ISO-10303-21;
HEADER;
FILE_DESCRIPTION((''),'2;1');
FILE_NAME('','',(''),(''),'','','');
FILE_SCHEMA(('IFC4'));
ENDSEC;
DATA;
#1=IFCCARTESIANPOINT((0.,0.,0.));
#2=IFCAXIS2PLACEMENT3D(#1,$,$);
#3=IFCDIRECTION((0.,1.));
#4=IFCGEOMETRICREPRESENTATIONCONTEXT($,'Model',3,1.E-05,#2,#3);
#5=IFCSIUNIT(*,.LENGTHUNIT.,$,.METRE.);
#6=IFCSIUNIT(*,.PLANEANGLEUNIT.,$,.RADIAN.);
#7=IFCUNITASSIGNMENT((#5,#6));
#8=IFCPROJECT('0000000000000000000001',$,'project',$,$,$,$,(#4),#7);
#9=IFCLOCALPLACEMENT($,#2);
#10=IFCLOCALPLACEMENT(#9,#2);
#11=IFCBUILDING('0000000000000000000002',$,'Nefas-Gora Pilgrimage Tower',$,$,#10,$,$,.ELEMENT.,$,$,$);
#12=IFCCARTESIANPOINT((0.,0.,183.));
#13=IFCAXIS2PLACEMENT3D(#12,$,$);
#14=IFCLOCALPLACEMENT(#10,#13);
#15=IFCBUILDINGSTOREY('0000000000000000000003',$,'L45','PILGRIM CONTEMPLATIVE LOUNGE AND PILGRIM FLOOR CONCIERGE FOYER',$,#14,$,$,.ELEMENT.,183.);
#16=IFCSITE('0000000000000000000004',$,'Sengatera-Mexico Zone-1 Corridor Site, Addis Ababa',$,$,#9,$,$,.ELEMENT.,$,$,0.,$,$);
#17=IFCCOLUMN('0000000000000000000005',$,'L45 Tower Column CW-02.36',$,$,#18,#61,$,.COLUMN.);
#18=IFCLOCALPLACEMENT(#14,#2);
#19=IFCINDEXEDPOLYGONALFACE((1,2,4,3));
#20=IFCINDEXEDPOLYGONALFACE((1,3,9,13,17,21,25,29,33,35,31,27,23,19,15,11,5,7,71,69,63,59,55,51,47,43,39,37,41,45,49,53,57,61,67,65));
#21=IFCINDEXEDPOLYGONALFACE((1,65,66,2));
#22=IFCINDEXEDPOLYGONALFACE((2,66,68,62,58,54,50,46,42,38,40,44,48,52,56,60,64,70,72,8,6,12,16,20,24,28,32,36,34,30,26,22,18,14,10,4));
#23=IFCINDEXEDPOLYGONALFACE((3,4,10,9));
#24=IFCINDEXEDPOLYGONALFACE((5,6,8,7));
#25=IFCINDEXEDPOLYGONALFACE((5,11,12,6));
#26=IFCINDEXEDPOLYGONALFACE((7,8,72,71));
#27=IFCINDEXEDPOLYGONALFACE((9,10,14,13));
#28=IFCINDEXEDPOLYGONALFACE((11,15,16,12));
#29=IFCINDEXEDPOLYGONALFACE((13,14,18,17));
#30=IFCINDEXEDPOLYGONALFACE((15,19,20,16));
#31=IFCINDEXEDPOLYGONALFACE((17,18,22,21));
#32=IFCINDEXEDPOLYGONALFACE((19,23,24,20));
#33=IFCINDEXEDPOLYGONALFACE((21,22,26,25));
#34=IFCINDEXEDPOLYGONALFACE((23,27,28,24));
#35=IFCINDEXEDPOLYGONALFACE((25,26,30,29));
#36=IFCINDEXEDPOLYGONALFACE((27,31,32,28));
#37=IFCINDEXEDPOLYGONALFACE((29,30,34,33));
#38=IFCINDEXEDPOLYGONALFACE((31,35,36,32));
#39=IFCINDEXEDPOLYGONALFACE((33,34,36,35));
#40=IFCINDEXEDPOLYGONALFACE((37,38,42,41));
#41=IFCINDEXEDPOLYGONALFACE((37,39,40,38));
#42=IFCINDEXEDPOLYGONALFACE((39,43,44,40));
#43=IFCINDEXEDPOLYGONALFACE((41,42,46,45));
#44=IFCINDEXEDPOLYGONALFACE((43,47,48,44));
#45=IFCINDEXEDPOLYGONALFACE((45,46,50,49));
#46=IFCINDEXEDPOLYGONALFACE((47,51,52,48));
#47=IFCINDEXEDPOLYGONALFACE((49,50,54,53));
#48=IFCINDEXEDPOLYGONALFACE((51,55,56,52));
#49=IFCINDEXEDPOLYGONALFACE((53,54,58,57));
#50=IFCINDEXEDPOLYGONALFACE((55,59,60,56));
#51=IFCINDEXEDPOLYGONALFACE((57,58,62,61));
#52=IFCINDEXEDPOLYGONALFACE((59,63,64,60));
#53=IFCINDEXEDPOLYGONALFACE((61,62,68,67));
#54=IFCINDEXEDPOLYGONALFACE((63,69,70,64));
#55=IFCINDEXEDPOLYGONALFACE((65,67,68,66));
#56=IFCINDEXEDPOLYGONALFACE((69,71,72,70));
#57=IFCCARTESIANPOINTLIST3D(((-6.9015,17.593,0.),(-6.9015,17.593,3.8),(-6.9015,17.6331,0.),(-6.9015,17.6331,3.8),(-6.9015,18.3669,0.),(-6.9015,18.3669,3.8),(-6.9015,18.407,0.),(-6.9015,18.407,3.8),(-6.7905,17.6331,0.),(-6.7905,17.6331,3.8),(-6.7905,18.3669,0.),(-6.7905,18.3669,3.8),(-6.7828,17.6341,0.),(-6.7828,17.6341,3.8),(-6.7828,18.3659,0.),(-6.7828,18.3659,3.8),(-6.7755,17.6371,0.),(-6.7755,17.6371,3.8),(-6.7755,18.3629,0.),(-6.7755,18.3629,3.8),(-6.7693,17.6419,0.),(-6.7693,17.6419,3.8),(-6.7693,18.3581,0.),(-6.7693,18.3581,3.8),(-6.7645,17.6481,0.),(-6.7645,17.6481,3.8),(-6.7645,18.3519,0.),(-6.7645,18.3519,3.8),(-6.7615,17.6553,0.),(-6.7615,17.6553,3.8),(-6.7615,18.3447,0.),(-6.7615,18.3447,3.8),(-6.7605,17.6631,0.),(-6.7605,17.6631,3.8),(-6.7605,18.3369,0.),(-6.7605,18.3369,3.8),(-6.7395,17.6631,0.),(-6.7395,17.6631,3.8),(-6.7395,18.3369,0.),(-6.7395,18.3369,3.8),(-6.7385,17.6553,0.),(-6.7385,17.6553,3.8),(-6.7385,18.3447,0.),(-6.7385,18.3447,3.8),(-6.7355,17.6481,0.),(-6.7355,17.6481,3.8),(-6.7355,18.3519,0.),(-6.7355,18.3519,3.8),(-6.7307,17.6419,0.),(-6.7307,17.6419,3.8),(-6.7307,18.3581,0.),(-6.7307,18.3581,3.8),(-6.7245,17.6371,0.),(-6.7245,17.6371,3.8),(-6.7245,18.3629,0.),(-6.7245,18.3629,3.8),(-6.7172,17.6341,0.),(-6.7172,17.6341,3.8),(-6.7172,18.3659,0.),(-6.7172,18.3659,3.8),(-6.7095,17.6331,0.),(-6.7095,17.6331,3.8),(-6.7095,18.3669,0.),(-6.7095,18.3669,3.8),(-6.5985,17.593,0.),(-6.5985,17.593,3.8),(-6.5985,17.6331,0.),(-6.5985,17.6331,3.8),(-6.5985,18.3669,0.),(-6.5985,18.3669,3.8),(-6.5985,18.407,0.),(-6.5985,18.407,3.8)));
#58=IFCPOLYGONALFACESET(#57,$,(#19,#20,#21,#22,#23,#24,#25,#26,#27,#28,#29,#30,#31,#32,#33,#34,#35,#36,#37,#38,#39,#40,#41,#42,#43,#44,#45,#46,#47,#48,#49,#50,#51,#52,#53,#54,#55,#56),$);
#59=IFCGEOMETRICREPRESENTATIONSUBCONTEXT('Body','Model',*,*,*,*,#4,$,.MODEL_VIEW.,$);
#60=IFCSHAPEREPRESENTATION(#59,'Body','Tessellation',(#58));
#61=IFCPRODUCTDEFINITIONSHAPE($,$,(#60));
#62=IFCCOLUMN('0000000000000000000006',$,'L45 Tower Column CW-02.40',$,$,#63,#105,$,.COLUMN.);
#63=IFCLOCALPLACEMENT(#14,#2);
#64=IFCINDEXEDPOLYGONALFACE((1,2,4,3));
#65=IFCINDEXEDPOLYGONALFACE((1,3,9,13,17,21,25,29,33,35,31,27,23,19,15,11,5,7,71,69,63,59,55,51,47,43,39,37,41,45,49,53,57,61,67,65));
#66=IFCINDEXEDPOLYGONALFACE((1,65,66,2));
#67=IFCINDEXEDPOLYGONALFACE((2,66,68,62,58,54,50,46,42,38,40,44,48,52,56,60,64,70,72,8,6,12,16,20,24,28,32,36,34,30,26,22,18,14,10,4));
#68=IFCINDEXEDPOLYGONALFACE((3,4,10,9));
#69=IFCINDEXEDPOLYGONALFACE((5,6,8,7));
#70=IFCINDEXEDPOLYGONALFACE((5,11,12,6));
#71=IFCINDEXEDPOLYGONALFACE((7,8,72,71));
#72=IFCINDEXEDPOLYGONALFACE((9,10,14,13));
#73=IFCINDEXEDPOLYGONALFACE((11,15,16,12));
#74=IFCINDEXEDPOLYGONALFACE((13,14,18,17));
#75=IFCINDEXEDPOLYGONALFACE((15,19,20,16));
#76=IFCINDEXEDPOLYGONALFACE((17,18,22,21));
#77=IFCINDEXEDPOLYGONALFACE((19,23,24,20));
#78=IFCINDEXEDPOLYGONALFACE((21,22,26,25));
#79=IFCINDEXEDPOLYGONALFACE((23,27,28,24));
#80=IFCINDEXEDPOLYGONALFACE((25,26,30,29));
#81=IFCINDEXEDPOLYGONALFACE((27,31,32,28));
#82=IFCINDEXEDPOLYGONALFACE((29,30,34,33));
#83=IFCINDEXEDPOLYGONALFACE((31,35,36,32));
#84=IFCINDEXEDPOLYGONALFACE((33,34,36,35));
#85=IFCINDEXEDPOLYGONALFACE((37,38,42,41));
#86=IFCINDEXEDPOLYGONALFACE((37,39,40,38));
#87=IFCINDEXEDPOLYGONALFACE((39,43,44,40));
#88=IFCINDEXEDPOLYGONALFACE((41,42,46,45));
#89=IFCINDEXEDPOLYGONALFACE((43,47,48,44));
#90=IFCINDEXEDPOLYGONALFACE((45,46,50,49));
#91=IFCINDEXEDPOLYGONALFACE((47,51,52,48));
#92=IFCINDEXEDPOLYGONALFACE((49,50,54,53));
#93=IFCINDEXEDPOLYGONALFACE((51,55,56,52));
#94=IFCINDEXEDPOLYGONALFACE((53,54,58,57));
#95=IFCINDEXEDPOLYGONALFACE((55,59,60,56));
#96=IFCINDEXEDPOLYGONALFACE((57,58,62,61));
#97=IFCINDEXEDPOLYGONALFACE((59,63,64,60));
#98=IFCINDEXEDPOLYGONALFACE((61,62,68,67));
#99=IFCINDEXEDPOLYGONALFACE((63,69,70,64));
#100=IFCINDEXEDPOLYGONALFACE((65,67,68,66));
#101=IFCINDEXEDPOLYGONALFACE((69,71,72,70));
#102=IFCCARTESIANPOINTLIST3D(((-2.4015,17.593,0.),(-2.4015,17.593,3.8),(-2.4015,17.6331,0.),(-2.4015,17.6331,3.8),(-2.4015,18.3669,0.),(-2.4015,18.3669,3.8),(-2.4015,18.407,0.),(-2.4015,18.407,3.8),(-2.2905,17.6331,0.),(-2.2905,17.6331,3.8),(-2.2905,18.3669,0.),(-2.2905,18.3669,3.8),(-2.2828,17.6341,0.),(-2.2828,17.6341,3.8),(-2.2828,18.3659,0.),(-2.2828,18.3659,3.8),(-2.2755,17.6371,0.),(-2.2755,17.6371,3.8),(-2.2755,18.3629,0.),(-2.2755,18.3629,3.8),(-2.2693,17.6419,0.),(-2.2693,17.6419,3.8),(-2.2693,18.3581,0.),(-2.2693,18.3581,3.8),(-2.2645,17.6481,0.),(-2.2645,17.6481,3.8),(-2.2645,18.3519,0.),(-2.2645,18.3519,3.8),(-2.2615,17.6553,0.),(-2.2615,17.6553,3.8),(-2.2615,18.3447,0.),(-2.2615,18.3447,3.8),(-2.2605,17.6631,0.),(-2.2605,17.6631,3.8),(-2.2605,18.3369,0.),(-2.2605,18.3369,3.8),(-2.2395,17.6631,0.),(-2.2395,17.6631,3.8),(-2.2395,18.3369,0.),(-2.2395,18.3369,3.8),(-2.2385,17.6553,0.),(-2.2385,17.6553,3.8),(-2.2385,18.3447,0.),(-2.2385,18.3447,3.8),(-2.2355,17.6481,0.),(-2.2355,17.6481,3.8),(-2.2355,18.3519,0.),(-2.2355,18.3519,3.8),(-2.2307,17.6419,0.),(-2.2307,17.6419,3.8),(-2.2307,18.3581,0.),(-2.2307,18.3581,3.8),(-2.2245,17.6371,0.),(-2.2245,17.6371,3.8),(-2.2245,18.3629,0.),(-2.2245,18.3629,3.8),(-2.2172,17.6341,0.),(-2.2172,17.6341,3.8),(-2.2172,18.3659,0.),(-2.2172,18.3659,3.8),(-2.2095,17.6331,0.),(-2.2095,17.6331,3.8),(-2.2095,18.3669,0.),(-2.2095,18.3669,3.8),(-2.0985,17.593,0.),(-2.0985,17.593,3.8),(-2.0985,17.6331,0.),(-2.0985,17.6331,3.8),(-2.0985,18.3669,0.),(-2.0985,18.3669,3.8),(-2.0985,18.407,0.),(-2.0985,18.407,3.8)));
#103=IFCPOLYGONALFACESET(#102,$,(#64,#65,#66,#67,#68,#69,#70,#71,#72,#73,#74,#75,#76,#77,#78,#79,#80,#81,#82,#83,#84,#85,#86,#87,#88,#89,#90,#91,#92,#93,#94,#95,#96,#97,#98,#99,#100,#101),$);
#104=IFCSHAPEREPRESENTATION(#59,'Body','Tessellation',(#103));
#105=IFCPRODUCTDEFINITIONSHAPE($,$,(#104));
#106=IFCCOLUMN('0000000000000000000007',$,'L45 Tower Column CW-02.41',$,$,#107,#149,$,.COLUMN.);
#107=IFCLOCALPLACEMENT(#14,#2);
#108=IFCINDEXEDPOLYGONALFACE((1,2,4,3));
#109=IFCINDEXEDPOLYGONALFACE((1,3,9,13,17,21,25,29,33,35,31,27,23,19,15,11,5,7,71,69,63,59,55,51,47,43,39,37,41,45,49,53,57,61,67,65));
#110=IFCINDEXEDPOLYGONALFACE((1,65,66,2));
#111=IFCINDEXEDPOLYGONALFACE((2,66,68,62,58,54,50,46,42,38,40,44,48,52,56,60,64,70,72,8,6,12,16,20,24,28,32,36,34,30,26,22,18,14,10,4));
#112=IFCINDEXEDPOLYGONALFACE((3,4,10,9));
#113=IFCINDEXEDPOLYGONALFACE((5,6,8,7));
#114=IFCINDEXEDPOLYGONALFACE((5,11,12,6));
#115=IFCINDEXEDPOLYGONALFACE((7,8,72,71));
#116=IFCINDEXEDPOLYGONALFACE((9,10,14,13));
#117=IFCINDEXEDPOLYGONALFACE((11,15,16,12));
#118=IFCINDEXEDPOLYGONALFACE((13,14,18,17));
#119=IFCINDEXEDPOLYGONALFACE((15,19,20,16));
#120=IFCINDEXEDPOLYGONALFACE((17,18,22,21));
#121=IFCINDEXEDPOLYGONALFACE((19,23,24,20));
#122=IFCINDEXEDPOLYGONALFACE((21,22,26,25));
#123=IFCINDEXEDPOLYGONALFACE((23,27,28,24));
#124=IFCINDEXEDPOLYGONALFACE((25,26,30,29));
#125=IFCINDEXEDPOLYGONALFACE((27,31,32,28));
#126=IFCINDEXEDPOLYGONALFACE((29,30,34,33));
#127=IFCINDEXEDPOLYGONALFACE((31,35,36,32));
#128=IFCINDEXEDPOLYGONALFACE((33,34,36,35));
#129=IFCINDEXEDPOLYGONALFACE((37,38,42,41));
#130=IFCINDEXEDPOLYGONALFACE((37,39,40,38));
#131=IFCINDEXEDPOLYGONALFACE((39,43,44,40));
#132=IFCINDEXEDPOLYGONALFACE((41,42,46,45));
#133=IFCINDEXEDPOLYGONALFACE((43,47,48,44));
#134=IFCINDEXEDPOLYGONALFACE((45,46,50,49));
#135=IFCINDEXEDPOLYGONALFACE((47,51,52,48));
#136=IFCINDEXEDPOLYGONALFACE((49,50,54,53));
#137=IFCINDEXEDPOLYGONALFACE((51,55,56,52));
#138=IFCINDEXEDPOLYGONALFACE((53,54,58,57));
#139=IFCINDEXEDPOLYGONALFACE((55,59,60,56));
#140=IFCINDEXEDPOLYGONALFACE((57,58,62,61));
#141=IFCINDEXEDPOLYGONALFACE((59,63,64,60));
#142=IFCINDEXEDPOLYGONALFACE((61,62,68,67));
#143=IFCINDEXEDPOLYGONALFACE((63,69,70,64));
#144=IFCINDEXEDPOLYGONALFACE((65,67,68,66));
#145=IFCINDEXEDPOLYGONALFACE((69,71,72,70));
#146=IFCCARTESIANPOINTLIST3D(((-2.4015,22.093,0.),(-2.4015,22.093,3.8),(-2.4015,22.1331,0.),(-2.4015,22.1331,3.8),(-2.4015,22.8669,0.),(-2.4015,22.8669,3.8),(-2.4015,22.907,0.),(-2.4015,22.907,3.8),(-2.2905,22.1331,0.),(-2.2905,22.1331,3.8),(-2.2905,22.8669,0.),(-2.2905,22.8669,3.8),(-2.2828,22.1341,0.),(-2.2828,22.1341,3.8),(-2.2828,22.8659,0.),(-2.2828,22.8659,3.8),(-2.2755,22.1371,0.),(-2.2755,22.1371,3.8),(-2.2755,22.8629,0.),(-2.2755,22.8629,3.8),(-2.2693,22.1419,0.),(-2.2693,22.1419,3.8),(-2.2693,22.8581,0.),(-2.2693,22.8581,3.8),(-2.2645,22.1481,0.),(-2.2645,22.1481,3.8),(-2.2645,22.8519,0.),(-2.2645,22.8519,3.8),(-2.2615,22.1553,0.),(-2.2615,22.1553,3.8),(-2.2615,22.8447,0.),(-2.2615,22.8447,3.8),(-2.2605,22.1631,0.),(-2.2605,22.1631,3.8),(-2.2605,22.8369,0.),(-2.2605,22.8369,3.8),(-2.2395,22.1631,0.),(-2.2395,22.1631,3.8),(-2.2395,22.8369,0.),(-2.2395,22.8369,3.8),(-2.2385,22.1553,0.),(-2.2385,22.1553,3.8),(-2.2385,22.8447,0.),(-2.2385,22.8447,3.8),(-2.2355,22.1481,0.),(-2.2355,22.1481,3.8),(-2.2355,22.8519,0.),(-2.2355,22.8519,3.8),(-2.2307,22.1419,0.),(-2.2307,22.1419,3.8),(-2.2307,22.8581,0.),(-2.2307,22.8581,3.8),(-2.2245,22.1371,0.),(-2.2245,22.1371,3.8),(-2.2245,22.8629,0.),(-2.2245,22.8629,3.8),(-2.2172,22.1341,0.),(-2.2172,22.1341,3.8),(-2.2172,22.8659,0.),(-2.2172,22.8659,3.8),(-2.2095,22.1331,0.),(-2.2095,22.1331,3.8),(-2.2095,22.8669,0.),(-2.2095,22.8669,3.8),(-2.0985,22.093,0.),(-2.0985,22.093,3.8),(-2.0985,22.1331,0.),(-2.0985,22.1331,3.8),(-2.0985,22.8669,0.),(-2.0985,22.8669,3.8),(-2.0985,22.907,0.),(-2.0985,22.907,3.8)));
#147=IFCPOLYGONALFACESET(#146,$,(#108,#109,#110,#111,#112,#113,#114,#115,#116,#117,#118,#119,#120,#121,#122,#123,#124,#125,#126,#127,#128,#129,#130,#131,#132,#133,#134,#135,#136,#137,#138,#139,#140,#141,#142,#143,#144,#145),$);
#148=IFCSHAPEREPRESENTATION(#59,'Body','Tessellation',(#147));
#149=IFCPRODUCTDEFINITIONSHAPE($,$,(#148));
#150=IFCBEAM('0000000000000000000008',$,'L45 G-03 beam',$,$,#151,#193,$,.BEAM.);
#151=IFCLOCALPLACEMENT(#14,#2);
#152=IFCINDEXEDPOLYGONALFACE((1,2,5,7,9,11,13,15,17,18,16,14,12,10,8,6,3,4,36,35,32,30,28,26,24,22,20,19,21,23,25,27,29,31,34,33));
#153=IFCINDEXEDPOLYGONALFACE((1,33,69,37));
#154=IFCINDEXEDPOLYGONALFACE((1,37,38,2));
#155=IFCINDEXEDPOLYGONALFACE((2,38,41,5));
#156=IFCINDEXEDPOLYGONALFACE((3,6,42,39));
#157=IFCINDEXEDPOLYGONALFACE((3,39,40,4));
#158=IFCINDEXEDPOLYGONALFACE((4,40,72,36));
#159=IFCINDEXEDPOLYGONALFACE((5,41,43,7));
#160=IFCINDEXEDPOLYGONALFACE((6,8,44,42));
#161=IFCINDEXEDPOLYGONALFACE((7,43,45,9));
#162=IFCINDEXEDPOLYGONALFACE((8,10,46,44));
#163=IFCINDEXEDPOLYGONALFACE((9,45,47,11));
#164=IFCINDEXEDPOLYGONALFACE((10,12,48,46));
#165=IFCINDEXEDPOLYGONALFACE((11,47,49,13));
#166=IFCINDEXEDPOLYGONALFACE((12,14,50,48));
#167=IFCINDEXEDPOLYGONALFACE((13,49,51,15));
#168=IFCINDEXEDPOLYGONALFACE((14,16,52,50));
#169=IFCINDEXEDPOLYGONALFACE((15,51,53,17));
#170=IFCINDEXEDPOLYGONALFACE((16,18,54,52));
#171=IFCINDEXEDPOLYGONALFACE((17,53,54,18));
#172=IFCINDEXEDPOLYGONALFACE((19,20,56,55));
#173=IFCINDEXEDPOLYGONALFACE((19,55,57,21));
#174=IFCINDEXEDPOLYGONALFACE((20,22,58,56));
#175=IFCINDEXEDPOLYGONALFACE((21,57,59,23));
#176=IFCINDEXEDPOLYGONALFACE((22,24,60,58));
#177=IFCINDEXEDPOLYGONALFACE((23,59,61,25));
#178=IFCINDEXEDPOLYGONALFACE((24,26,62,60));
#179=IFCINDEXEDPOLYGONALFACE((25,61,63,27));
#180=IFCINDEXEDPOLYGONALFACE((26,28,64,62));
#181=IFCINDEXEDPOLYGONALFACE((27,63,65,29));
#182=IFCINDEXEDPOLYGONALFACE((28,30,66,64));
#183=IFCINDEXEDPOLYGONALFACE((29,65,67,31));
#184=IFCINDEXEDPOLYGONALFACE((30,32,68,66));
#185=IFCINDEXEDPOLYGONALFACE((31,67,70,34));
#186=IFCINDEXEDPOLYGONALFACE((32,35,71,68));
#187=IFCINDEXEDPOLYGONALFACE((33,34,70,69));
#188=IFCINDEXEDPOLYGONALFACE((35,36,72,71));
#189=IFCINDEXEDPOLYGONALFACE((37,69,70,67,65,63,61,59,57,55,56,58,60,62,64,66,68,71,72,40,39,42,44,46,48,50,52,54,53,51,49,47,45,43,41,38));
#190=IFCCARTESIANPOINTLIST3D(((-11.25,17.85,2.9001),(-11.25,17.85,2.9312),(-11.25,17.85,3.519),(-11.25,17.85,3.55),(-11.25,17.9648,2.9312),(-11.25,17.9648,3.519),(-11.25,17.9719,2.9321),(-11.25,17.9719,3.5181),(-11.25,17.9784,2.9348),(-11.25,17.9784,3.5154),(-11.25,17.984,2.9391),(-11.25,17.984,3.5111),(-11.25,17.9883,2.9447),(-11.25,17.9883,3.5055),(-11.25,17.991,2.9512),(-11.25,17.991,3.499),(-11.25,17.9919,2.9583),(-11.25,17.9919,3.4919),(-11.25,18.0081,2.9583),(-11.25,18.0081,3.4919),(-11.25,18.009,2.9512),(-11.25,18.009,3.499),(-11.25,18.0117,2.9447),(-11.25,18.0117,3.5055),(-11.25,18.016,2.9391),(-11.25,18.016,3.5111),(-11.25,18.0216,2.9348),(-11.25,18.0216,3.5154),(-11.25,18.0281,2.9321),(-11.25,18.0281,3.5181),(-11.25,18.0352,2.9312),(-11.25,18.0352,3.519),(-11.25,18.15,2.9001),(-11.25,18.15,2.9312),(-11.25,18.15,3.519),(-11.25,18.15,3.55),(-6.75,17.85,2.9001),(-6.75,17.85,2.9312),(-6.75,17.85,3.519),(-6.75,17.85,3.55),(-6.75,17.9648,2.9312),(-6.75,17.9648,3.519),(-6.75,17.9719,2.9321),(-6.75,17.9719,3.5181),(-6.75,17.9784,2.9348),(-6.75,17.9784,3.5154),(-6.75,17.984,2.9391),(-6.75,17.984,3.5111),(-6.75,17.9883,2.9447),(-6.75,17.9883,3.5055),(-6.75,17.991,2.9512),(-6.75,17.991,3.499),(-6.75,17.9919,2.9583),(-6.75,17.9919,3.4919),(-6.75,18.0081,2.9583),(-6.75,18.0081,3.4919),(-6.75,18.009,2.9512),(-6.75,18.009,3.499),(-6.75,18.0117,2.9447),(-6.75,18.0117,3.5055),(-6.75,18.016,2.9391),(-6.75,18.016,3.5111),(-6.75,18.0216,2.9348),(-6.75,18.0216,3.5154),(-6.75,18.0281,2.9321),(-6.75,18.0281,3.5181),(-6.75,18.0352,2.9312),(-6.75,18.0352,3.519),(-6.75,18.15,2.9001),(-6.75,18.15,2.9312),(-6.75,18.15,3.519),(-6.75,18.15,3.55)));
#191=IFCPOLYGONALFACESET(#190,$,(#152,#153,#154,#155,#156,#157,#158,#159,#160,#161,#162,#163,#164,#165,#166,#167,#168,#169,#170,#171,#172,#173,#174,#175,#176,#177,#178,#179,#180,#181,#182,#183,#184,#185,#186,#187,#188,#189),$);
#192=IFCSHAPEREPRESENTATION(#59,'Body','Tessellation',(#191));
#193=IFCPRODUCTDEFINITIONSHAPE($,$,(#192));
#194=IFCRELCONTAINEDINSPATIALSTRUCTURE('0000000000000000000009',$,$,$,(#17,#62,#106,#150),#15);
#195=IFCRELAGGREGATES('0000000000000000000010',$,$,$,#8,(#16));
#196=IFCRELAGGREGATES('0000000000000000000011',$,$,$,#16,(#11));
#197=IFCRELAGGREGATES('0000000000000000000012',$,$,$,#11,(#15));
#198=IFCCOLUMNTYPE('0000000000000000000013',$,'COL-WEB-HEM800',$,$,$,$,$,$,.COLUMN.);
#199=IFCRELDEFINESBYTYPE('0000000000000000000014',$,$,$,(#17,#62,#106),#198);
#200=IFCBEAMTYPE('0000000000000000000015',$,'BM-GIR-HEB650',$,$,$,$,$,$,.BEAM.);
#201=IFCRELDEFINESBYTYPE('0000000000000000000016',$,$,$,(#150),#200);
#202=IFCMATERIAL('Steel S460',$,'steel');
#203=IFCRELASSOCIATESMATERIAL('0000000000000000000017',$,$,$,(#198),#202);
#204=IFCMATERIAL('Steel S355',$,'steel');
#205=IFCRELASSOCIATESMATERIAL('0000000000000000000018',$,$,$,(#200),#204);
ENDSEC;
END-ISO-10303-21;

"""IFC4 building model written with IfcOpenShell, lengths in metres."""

from ifc_helpers import new_model, si_unit, direction, frame, origin, origin_2d, place, context, subcontext, project, spatial, i_section, extrude, source, transform, mapped, material, material_profile, profile_set, type_object, element, save


model = new_model("IFC4")

# Units and contexts
model_context = context("Model", 3, precision=1e-05, world=origin(), true_north=direction((0.0, 1.0)))
body_context = subcontext(model_context, "Body", "Model", "MODEL_VIEW")
ifc_project = project(units=[si_unit("LENGTHUNIT", "METRE"), si_unit("PLANEANGLEUNIT", "RADIAN")], contexts=[model_context])

# Site, building, storey
site_placement = place(None, origin())
site = spatial("IfcSite", under=ifc_project, at=site_placement, Name="Sengatera-Mexico Zone-1 Corridor Site, Addis Ababa", CompositionType="ELEMENT", RefElevation=0.0)
building_placement = place(site_placement, origin())
building = spatial("IfcBuilding", under=site, at=building_placement, Name="Nefas-Gora Pilgrimage Tower", CompositionType="ELEMENT")
storey_placement = place(building_placement, frame((0.0, 0.0, 183.0)))
storey = spatial("IfcBuildingStorey", under=building, at=storey_placement, Name="L45", Description="PILGRIM CONTEMPLATIVE LOUNGE AND PILGRIM FLOOR CONCIERGE FOYER", CompositionType="ELEMENT", Elevation=183.0)

# Columns
ifc_material_1 = material(Name="Steel S460", Category="steel")
ifc_material_profile_1 = material_profile(ifc_material_1, i_section(OverallWidth=0.303, OverallDepth=0.814, WebThickness=0.021, FlangeThickness=0.04, FilletRadius=0.03, at=origin_2d()), Name="HEM 800")
ifc_profile_set_1 = profile_set([ifc_material_profile_1], Name="Steel S460")
column_type_1 = type_object("IfcColumnType", Name="COL-WEB-HEM800", PredefinedType="COLUMN", material=ifc_profile_set_1)
shared_shape_1 = source(origin(), body_context, "Body", "SweptSolid", [
    extrude(i_section(OverallWidth=0.303, OverallDepth=0.814, WebThickness=0.021, FlangeThickness=0.04, FilletRadius=0.03, at=origin_2d()), origin(), (0.0, 0.0, 1.0), 3.8),
])
for number, where, z_axis, x_axis, name in (
    (1, (-6.75, 18.0, 0.0), (0.0, 0.0, 1.0), (1.0, 0.0, 0.0), "L45 Tower Column CW-02.36"),
    (2, (-2.25, 18.0, 0.0), (0.0, 0.0, 1.0), (1.0, 0.0, 0.0), "L45 Tower Column CW-02.40"),
    (3, (-2.25, 22.5, 0.0), (0.0, 0.0, 1.0), (1.0, 0.0, 0.0), "L45 Tower Column CW-02.41"),
):
    element("IfcColumn", number, at=place(storey_placement, frame(where, z_axis=z_axis, x_axis=x_axis)), inside=storey, type_object=column_type_1, Name=name, PredefinedType="COLUMN", context=body_context, shape_type="MappedRepresentation", body=[
        mapped(shared_shape_1, transform((0.0, 0.0, 0.0), x_axis=(1.0, 0.0, 0.0), y_axis=(0.0, 1.0, 0.0), z_axis=(0.0, 0.0, 1.0), scale=1.0)),
    ])

# Beam
ifc_material_2 = material(Name="Steel S355", Category="steel")
ifc_material_profile_2 = material_profile(ifc_material_2, i_section(OverallWidth=0.3, OverallDepth=0.6499, WebThickness=0.0161, FlangeThickness=0.031, FilletRadius=0.0271, at=origin_2d()), Name="HEB 650")
ifc_profile_set_2 = profile_set([ifc_material_profile_2], Name="Steel S355")
beam_type = type_object("IfcBeamType", Name="BM-GIR-HEB650", PredefinedType="BEAM", material=ifc_profile_set_2)
shared_shape_2 = source(origin(), body_context, "Body", "SweptSolid", [
    extrude(i_section(OverallWidth=0.3, OverallDepth=0.6499, WebThickness=0.0161, FlangeThickness=0.031, FilletRadius=0.0271, at=origin_2d()), origin(), (0.0, 0.0, 1.0), 4.5),
])
for number, where, z_axis, x_axis, name in (
    (4, (-11.25, 18.0, 3.2251), (1.0, 0.0, 0.0), (0.0, 1.0, 0.0), "L45 G-03 beam"),
):
    element("IfcBeam", number, at=place(storey_placement, frame(where, z_axis=z_axis, x_axis=x_axis)), inside=storey, type_object=beam_type, Name=name, PredefinedType="BEAM", context=body_context, shape_type="MappedRepresentation", body=[
        mapped(shared_shape_2, transform((0.0, 0.0, 0.0), x_axis=(1.0, 0.0, 0.0), y_axis=(0.0, 1.0, 0.0), z_axis=(0.0, 0.0, 1.0), scale=1.0)),
    ])

save(model, "model.ifc")
